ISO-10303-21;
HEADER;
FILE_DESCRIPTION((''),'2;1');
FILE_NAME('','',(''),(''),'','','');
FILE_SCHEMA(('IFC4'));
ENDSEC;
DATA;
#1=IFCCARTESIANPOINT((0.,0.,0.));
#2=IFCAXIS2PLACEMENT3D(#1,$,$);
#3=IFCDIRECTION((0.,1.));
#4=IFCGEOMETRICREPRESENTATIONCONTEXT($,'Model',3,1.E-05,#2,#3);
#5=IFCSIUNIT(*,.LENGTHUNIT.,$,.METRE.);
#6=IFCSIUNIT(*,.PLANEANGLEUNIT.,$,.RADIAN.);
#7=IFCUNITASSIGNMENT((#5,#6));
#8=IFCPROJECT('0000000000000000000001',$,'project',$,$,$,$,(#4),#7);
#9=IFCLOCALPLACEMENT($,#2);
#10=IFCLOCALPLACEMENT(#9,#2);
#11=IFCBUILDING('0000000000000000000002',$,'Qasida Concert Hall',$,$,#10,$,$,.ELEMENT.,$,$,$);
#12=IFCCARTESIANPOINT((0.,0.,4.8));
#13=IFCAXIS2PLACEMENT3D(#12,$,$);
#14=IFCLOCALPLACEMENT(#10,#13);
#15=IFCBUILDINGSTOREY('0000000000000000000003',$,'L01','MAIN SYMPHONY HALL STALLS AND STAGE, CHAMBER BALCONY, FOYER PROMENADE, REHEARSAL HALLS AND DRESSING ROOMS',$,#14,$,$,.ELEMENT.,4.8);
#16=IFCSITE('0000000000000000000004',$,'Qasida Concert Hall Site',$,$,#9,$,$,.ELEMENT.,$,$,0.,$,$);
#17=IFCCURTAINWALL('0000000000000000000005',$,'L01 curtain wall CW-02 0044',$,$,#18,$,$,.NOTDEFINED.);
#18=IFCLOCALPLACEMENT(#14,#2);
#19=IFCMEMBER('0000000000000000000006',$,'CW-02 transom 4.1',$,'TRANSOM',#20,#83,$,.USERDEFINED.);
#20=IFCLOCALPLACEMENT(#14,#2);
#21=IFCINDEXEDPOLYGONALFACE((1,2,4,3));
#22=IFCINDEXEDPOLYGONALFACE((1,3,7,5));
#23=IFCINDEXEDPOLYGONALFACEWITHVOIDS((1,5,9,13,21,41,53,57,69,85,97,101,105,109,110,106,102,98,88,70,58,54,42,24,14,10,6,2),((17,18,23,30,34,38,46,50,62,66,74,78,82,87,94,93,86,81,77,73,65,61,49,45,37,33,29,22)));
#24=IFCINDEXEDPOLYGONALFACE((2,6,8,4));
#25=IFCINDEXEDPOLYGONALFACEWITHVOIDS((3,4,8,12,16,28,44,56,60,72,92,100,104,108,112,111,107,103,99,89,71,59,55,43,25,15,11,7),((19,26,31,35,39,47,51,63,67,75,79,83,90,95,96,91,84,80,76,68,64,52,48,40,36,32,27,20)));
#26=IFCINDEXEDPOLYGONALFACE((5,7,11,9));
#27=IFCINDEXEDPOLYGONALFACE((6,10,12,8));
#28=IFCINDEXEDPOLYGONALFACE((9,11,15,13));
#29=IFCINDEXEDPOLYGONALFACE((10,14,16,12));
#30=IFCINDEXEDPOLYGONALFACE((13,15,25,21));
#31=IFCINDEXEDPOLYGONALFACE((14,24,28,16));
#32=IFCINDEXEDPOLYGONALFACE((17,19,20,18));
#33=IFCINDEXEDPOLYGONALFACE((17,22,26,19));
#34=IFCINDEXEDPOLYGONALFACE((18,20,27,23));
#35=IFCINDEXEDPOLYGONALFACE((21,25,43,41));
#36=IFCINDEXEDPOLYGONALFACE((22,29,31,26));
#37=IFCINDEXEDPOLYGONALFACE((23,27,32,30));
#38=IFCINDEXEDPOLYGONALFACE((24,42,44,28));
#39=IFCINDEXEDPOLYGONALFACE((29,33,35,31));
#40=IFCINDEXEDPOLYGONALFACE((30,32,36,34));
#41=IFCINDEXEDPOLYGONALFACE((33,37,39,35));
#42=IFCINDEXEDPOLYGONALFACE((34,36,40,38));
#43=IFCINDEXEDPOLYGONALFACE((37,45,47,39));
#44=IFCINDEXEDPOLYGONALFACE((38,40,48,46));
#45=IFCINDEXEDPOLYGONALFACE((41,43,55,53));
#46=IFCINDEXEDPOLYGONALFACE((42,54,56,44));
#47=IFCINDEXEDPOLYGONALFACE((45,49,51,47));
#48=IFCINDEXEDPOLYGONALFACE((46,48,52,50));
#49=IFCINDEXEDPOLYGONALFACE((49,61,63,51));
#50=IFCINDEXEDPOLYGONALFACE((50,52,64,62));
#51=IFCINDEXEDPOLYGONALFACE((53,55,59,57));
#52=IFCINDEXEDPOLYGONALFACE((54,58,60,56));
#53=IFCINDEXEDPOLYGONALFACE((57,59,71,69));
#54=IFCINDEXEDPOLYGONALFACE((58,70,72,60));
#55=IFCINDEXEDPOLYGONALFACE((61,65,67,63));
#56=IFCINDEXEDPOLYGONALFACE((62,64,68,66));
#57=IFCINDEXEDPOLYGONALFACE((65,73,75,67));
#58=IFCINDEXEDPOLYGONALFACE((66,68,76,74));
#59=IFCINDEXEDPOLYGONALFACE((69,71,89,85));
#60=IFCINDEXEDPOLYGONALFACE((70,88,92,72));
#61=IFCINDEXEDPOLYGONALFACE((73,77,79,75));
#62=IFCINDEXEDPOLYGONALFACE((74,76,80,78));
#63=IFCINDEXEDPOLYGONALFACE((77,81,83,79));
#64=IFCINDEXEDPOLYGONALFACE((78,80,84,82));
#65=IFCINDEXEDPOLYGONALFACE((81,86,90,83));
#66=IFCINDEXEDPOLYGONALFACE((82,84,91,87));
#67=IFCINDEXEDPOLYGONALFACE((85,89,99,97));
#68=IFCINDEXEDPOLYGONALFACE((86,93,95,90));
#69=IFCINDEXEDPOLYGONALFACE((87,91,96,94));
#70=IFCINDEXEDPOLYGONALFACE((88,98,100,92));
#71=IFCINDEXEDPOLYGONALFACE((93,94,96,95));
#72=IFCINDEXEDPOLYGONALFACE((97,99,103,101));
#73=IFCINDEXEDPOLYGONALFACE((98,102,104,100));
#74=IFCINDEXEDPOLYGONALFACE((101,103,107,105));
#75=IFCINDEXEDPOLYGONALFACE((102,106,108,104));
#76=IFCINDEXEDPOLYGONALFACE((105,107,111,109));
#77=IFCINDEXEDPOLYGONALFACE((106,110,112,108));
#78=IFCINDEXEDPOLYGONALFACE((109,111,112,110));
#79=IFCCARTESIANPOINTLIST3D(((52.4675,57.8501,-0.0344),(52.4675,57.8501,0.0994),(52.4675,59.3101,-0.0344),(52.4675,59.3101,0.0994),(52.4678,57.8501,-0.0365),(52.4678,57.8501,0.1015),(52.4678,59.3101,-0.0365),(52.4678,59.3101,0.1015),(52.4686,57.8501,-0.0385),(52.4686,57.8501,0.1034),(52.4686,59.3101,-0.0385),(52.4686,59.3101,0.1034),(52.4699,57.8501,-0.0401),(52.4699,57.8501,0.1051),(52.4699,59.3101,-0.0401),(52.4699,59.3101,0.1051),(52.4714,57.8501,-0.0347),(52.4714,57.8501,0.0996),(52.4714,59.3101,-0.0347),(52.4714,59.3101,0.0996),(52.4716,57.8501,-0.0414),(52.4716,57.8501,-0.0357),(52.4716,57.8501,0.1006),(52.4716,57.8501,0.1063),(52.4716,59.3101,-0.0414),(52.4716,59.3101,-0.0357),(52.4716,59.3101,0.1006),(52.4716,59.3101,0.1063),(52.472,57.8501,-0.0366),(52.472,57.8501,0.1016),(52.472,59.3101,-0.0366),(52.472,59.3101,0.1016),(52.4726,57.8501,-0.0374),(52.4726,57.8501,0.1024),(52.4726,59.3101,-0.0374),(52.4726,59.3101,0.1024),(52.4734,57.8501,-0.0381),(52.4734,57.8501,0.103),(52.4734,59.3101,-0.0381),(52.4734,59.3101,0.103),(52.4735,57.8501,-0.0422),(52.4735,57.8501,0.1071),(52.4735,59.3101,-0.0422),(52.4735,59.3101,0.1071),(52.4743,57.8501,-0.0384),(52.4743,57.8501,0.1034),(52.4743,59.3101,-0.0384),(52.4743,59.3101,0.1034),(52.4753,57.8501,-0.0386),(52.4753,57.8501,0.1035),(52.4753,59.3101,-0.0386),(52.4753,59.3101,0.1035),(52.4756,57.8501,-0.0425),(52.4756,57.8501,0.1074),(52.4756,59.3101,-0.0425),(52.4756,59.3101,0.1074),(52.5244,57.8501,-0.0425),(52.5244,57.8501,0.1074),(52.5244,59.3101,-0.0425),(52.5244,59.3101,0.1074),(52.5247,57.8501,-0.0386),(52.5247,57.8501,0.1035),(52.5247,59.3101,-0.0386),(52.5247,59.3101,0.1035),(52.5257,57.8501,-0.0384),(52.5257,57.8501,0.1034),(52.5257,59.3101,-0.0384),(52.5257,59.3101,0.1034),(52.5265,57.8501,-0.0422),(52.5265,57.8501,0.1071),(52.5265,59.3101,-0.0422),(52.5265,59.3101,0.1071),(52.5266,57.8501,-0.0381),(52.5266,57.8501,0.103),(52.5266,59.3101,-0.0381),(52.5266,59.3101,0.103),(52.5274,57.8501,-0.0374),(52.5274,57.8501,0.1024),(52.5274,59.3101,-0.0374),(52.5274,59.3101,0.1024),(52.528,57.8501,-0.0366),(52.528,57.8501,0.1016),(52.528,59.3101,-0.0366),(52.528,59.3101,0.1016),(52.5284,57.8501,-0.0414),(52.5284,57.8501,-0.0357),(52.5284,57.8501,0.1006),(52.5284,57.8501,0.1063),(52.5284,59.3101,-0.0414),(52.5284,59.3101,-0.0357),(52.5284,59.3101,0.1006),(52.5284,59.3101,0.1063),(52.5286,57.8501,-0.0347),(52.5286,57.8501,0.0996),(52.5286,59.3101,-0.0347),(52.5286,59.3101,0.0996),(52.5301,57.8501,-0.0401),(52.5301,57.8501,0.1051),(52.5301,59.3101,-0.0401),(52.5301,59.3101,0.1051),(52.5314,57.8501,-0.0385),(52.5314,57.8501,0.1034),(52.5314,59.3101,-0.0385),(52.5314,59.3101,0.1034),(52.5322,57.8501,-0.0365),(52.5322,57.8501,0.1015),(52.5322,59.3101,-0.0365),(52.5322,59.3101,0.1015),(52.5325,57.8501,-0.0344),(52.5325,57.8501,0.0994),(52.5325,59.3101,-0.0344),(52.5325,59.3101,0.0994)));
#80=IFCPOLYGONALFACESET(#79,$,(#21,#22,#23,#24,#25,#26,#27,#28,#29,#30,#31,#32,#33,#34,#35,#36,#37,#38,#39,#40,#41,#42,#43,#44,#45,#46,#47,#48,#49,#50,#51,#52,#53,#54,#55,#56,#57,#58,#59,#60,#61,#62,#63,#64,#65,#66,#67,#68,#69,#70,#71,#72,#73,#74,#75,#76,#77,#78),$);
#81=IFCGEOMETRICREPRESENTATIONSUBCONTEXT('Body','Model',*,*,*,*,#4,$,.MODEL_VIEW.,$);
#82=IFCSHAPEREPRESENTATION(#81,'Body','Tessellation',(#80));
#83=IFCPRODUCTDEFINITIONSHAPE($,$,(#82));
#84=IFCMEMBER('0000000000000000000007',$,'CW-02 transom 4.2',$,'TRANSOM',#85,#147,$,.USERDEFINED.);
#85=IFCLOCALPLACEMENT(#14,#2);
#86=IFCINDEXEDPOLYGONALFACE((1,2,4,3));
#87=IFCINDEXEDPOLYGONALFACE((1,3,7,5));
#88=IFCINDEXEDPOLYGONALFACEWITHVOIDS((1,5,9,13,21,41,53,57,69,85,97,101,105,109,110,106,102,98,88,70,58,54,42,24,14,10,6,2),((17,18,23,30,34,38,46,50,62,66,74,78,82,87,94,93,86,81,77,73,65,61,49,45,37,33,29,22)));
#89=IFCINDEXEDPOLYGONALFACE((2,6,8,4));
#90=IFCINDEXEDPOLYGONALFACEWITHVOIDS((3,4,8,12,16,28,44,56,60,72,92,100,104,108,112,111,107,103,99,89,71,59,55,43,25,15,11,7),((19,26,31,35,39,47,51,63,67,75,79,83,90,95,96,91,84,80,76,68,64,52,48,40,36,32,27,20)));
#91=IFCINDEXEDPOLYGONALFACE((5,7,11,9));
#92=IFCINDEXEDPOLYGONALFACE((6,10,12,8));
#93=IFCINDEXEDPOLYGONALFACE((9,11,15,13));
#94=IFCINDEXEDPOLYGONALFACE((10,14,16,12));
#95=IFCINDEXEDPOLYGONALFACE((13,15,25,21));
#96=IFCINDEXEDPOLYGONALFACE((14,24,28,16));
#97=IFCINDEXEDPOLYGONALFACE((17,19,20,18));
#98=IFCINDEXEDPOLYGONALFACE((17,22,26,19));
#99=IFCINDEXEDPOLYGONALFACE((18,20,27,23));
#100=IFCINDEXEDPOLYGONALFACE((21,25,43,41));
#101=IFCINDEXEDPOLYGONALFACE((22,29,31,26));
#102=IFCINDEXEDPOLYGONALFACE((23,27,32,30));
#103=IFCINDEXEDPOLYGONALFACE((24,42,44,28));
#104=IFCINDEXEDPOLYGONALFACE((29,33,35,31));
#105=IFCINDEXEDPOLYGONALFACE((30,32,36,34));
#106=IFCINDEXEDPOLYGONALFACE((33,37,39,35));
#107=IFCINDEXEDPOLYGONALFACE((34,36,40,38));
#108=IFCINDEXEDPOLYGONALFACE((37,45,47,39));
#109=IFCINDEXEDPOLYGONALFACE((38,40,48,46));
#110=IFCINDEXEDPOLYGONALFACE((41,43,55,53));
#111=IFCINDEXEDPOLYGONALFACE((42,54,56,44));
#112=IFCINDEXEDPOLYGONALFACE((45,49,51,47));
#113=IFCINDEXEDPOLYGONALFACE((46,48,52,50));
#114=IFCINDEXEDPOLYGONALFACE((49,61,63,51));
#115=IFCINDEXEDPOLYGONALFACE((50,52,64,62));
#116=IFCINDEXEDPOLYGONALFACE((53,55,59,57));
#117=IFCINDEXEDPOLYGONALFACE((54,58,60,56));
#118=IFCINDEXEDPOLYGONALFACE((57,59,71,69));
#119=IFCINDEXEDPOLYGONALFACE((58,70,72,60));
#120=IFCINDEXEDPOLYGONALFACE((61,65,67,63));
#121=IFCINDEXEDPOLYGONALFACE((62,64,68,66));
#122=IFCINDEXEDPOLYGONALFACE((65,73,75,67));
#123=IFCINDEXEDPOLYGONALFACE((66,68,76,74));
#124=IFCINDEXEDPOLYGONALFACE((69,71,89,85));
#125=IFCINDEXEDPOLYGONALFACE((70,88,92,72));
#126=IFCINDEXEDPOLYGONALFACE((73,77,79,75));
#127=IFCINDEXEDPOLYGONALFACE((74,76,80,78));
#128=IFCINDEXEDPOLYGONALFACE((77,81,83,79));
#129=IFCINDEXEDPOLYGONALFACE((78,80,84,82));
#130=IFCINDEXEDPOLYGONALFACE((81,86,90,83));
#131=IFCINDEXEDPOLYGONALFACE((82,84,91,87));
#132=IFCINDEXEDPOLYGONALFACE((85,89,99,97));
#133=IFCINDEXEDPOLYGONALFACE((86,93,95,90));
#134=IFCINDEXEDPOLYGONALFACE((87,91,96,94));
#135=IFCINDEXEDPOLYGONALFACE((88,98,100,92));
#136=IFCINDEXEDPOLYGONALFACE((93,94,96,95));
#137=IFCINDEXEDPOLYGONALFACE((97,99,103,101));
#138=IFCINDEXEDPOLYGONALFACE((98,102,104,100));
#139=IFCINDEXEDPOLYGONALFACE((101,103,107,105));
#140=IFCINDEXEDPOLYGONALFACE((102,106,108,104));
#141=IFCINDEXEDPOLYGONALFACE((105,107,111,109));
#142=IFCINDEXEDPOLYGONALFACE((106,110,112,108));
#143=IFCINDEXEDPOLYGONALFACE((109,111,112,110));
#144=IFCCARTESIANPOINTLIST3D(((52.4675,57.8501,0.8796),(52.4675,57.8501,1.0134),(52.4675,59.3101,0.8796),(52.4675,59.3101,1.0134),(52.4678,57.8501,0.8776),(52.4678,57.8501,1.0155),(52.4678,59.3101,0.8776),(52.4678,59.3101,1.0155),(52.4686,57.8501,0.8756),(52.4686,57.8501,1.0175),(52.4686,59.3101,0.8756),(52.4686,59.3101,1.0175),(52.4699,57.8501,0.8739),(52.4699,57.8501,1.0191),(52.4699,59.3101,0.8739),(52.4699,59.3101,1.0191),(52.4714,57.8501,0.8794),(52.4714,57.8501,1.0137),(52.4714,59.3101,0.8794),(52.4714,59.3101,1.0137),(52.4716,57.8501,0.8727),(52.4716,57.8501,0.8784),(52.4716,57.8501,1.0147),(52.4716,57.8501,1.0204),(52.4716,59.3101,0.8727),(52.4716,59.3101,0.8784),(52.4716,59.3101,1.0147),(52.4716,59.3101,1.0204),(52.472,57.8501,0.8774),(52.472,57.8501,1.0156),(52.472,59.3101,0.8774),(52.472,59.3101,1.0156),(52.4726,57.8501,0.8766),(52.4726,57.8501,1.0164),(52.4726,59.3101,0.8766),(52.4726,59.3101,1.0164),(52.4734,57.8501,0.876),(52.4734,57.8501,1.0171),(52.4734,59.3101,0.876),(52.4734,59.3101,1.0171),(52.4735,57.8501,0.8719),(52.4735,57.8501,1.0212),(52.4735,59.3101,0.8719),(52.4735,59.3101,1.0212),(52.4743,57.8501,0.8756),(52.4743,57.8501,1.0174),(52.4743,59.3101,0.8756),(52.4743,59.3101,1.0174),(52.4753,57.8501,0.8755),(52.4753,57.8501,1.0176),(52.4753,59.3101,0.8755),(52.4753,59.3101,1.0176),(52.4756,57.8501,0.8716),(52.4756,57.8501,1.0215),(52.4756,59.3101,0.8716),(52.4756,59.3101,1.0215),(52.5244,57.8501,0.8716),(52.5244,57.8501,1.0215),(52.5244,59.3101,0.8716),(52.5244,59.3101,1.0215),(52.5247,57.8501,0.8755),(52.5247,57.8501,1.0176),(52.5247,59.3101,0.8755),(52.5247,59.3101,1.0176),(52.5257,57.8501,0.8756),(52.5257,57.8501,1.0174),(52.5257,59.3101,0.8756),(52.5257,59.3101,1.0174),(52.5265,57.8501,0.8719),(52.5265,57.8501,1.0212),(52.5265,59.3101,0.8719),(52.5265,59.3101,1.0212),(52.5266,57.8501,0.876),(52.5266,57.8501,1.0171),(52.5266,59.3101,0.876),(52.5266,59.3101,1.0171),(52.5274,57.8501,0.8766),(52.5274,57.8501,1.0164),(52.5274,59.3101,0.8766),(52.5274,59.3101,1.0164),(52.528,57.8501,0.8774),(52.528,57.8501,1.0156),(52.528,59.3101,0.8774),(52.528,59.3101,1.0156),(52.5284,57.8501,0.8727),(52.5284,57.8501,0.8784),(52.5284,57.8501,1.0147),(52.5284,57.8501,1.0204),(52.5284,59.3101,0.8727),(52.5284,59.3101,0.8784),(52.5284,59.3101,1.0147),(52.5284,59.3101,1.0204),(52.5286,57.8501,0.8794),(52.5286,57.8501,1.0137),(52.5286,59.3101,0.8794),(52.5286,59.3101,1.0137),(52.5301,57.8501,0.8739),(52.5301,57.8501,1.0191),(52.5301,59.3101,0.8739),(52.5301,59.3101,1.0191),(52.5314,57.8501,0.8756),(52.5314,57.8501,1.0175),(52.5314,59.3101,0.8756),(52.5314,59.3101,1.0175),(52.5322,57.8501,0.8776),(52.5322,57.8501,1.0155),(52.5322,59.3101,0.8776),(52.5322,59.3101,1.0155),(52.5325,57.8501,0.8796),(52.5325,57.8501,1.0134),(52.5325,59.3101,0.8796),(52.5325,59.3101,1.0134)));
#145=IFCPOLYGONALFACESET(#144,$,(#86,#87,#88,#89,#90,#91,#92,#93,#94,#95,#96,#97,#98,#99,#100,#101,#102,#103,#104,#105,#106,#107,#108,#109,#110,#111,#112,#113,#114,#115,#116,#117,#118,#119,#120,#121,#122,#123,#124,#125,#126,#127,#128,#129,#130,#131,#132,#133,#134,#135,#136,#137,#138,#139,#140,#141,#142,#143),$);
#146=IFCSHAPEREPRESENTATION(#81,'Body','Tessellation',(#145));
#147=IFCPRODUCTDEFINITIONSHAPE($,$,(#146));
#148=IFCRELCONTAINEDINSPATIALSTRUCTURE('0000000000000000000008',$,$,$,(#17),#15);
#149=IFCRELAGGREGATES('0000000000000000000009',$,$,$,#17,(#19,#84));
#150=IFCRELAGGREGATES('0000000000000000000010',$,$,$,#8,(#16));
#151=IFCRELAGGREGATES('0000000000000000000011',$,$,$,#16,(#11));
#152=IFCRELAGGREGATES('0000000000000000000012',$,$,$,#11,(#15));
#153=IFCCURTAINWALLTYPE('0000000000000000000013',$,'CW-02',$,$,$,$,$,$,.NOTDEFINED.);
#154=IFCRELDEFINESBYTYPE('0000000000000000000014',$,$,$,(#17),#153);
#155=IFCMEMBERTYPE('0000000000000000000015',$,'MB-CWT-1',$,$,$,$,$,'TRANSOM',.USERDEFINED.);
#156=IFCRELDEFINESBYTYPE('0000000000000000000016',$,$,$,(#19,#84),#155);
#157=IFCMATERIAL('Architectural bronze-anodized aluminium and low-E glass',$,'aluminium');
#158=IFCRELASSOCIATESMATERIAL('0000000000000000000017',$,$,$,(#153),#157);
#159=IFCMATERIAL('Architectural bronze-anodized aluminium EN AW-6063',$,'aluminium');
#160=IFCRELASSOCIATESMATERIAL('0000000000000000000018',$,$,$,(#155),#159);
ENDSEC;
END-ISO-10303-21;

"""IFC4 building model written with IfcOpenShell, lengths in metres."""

from ifc_helpers import new_model, si_unit, direction, frame, origin, origin_2d, place, context, subcontext, project, spatial, hollow_rectangle, extrude, material, material_profile, profile_set, type_object, element, aggregate, save


model = new_model("IFC4")

# Units and contexts
model_context = context("Model", 3, precision=1e-05, world=origin(), true_north=direction((0.0, 1.0)))
body_context = subcontext(model_context, "Body", "Model", "MODEL_VIEW")
ifc_project = project(units=[si_unit("LENGTHUNIT", "METRE"), si_unit("PLANEANGLEUNIT", "RADIAN")], contexts=[model_context])

# Site, building, storey
site_placement = place(None, origin())
site = spatial("IfcSite", under=ifc_project, at=site_placement, Name="Qasida Concert Hall Site", CompositionType="ELEMENT", RefElevation=0.0)
building_placement = place(site_placement, origin())
building = spatial("IfcBuilding", under=site, at=building_placement, Name="Qasida Concert Hall", CompositionType="ELEMENT")
storey_placement = place(building_placement, frame((0.0, 0.0, 4.8)))
storey = spatial("IfcBuildingStorey", under=building, at=storey_placement, Name="L01", Description="MAIN SYMPHONY HALL STALLS AND STAGE, CHAMBER BALCONY, FOYER PROMENADE, REHEARSAL HALLS AND DRESSING ROOMS", CompositionType="ELEMENT", Elevation=4.8)

# Curtain wall, members
ifc_material_1 = material(Name="Architectural bronze-anodized aluminium and low-E glass", Category="aluminium")
curtain_wall_type = type_object("IfcCurtainWallType", Name="CW-02", PredefinedType="NOTDEFINED", material=ifc_material_1)
curtain_wall_placement = place(storey_placement, origin())
curtain_wall = element("IfcCurtainWall", 1, at=curtain_wall_placement, inside=storey, type_object=curtain_wall_type, Name="L01 curtain wall CW-02 0044", PredefinedType="NOTDEFINED")
ifc_material_2 = material(Name="Architectural bronze-anodized aluminium EN AW-6063", Category="aluminium")
ifc_material_profile_1 = material_profile(ifc_material_2, hollow_rectangle(XDim=0.0649, YDim=0.1499, WallThickness=0.0039, InnerFilletRadius=0.0039, OuterFilletRadius=0.0081, at=origin_2d()), Name="CWT 150x65x4")
ifc_profile_set_1 = profile_set([ifc_material_profile_1], Name="Architectural bronze-anodized aluminium EN AW-6063")
member_type_1 = type_object("IfcMemberType", Name="MB-CWT-1", ElementType="TRANSOM", PredefinedType="USERDEFINED", material=ifc_profile_set_1)
member_1_placement = place(storey_placement, frame((52.5, 57.8501, 0.0325), z_axis=(0.0, 1.0, 0.0), x_axis=(-1.0, 0.0, 0.0)))
member_1 = element("IfcMember", 2, at=member_1_placement, type_object=member_type_1, Name="CW-02 transom 4.1", ObjectType="TRANSOM", PredefinedType="USERDEFINED", context=body_context, shape_type="SweptSolid", body=[
    extrude(hollow_rectangle(XDim=0.0649, YDim=0.1499, WallThickness=0.0039, InnerFilletRadius=0.0039, OuterFilletRadius=0.0081, at=origin_2d()), origin(), (0.0, 0.0, 1.0), 1.46),
])
member_2_placement = place(storey_placement, frame((52.5, 57.8501, 0.9465), z_axis=(0.0, 1.0, 0.0), x_axis=(-1.0, 0.0, 0.0)))
member_2 = element("IfcMember", 3, at=member_2_placement, type_object=member_type_1, Name="CW-02 transom 4.2", ObjectType="TRANSOM", PredefinedType="USERDEFINED", context=body_context, shape_type="SweptSolid", body=[
    extrude(hollow_rectangle(XDim=0.0649, YDim=0.1499, WallThickness=0.0039, InnerFilletRadius=0.0039, OuterFilletRadius=0.0081, at=origin_2d()), origin(), (0.0, 0.0, 1.0), 1.46),
])
aggregate(curtain_wall, [member_1, member_2])

save(model, "model.ifc")
